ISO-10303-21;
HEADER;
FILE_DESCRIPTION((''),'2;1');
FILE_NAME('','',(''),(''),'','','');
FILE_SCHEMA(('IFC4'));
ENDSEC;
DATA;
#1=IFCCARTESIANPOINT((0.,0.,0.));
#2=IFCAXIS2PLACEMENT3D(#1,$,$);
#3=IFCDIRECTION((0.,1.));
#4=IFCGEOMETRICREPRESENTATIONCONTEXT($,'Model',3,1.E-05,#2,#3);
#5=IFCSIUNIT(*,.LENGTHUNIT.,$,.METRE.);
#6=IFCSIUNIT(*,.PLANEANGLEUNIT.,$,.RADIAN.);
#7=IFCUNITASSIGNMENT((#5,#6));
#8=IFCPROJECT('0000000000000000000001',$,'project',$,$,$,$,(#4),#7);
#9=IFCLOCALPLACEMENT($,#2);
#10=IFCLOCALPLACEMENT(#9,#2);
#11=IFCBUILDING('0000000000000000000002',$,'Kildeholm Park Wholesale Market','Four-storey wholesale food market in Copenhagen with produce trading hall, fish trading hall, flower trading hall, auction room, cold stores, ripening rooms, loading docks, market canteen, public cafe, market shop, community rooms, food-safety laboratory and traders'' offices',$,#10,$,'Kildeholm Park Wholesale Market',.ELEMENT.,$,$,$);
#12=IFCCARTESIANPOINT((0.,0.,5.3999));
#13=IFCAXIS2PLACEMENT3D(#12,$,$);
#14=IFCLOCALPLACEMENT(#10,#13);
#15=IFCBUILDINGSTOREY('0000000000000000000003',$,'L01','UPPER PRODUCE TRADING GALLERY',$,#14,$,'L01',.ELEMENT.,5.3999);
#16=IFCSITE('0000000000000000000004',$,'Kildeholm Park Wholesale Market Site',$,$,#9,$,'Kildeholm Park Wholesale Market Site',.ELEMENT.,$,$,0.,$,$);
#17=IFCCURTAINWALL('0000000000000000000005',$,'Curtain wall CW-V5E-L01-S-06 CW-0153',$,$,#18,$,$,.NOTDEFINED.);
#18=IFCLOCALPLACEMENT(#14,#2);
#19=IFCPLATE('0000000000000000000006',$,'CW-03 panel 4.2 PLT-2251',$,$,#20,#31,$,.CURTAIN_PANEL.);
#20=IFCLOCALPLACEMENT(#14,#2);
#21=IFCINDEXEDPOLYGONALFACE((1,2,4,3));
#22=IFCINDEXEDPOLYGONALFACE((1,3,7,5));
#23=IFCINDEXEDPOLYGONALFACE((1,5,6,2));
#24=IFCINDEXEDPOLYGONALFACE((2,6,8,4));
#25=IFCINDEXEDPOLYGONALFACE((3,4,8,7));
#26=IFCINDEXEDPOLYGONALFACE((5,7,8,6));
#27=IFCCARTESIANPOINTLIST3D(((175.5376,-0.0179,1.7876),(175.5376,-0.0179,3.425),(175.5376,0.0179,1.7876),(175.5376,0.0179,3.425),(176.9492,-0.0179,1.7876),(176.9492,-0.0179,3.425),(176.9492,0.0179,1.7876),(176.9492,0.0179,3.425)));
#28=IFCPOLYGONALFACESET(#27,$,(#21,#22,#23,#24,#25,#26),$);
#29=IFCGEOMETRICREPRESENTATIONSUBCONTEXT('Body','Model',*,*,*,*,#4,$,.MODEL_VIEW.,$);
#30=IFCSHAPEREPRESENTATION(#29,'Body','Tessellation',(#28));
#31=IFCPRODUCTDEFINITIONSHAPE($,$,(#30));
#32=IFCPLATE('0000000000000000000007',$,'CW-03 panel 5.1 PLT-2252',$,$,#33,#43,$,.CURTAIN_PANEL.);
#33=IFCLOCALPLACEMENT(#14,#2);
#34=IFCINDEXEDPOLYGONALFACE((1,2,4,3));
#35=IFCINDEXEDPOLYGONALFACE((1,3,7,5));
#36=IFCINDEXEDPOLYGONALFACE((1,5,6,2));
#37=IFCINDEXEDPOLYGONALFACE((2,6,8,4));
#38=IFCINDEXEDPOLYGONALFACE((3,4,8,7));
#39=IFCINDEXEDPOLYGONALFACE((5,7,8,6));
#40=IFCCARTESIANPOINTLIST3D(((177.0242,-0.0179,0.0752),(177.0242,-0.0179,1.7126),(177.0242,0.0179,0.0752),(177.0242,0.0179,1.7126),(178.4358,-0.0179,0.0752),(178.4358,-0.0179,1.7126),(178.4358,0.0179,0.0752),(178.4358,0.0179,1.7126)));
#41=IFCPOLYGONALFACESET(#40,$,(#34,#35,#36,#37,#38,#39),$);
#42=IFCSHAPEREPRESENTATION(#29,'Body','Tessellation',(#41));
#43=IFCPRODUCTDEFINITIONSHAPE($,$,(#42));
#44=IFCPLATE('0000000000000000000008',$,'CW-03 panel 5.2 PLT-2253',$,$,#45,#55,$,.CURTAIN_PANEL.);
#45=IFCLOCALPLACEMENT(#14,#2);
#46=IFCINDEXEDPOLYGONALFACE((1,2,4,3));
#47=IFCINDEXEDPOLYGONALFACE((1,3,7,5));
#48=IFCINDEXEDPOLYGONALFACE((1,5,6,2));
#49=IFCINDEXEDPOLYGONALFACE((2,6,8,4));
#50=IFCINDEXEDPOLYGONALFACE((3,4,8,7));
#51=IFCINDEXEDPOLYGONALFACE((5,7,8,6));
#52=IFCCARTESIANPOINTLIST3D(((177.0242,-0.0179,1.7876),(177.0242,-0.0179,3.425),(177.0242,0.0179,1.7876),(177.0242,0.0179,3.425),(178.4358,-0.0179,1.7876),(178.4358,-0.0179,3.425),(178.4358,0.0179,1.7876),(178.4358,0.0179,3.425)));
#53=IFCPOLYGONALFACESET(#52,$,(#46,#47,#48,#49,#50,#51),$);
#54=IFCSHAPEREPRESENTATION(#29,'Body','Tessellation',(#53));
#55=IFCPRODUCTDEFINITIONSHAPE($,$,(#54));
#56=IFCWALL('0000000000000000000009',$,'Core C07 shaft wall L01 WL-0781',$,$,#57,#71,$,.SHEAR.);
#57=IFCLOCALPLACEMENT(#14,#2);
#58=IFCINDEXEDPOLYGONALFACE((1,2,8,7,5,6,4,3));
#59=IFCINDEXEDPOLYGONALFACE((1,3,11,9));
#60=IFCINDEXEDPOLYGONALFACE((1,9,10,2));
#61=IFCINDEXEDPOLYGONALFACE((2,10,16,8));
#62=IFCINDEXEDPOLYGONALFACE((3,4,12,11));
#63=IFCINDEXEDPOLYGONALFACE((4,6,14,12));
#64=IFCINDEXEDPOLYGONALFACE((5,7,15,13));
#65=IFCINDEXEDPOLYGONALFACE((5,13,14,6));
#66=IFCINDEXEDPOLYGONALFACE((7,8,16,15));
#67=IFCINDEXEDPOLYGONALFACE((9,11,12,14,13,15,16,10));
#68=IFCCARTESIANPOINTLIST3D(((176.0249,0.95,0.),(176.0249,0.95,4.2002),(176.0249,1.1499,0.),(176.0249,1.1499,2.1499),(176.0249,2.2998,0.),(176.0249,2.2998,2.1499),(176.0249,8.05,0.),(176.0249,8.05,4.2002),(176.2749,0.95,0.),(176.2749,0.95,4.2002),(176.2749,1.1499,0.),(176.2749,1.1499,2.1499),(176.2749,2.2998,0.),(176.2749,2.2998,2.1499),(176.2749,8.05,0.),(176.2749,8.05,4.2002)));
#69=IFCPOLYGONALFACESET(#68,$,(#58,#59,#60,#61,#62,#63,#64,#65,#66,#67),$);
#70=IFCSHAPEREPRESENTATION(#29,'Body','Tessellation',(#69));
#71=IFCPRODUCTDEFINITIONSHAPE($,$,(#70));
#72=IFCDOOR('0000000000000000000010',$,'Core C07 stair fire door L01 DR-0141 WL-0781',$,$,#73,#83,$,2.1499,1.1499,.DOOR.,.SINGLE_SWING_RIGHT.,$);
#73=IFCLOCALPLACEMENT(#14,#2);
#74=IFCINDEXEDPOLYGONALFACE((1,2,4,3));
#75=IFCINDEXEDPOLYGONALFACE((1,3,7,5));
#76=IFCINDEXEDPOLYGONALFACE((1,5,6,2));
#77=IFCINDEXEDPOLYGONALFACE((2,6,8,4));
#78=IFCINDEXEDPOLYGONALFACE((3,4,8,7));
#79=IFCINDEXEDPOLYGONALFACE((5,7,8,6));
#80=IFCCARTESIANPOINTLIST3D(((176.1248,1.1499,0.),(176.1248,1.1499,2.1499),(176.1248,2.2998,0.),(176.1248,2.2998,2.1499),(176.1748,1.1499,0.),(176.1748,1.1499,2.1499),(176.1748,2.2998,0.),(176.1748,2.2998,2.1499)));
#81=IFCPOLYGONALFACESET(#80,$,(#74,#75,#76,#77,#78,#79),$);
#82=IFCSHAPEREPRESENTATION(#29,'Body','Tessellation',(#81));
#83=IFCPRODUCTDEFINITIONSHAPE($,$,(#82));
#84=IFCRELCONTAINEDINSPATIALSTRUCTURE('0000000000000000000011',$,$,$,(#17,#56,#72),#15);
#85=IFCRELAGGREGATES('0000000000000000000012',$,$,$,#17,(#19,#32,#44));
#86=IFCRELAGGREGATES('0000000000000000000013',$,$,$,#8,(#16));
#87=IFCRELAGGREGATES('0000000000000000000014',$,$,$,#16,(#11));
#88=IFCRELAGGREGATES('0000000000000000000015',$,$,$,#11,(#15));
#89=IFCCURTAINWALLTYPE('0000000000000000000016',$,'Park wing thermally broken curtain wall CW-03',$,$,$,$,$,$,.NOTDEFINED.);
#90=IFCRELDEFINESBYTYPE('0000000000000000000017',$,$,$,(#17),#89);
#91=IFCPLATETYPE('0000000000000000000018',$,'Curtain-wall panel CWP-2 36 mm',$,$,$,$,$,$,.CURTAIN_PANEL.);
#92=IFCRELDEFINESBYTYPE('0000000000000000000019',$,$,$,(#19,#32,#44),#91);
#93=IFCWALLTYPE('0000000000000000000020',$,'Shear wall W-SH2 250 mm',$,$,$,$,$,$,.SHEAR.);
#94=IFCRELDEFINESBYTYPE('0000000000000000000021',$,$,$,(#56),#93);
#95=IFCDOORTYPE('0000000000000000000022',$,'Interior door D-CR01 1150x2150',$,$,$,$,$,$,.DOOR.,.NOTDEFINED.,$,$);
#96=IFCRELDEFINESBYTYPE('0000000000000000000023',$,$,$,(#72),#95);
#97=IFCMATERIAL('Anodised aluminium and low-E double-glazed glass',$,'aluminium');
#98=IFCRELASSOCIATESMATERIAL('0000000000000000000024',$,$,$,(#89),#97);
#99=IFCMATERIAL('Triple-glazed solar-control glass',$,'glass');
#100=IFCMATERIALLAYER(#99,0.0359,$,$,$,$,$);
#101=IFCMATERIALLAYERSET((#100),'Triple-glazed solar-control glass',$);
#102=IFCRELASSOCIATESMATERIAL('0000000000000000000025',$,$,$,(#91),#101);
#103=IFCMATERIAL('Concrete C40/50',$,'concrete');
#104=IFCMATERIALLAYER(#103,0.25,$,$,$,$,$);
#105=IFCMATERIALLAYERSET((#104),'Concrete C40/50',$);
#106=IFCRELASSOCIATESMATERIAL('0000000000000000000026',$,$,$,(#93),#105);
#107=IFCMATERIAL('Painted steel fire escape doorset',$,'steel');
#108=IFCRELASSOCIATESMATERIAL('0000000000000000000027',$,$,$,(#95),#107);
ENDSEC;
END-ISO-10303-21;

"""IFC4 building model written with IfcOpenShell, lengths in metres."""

from ifc_helpers import new_model, si_unit, direction, frame, frame_2d, origin, origin_2d, place, context, subcontext, project, spatial, rectangle, extrude, material, layer, layer_set, type_object, element, fill, aggregate, save


model = new_model("IFC4")

# Units and contexts
model_context = context("Model", 3, precision=1e-05, world=origin(), true_north=direction((0.0, 1.0)))
body_context = subcontext(model_context, "Body", "Model", "MODEL_VIEW")
ifc_project = project(units=[si_unit("LENGTHUNIT", "METRE"), si_unit("PLANEANGLEUNIT", "RADIAN")], contexts=[model_context])

# Site, building, storey
site_placement = place(None, origin())
site = spatial("IfcSite", under=ifc_project, at=site_placement, Name="Kildeholm Park Wholesale Market Site", LongName="Kildeholm Park Wholesale Market Site", CompositionType="ELEMENT", RefElevation=0.0)
building_placement = place(site_placement, origin())
building = spatial("IfcBuilding", under=site, at=building_placement, Name="Kildeholm Park Wholesale Market", Description="Four-storey wholesale food market in Copenhagen with produce trading hall, fish trading hall, flower trading hall, auction room, cold stores, ripening rooms, loading docks, market canteen, public cafe, market shop, community rooms, food-safety laboratory and traders' offices", LongName="Kildeholm Park Wholesale Market", CompositionType="ELEMENT")
storey_placement = place(building_placement, frame((0.0, 0.0, 5.3999)))
storey = spatial("IfcBuildingStorey", under=building, at=storey_placement, Name="L01", Description="UPPER PRODUCE TRADING GALLERY", LongName="L01", CompositionType="ELEMENT", Elevation=5.3999)

# Curtain wall, plates
ifc_material_1 = material(Name="Anodised aluminium and low-E double-glazed glass", Category="aluminium")
curtain_wall_type = type_object("IfcCurtainWallType", Name="Park wing thermally broken curtain wall CW-03", PredefinedType="NOTDEFINED", material=ifc_material_1)
curtain_wall_placement = place(storey_placement, origin())
curtain_wall = element("IfcCurtainWall", 1, at=curtain_wall_placement, inside=storey, type_object=curtain_wall_type, Name="Curtain wall CW-V5E-L01-S-06 CW-0153", PredefinedType="NOTDEFINED")
ifc_material_2 = material(Name="Triple-glazed solar-control glass", Category="glass")
ifc_layer_1 = layer(ifc_material_2, 0.0359)
ifc_layer_set_1 = layer_set([ifc_layer_1], Name="Triple-glazed solar-control glass")
plate_type = type_object("IfcPlateType", Name="Curtain-wall panel CWP-2 36 mm", PredefinedType="CURTAIN_PANEL", material=ifc_layer_set_1)
plate_1_placement = place(storey_placement, frame((176.2434, 0.0, 1.7876), z_axis=(0.0, 0.0, 1.0), x_axis=(1.0, 0.0, 0.0)))
plate_1 = element("IfcPlate", 2, at=plate_1_placement, type_object=plate_type, Name="CW-03 panel 4.2 PLT-2251", PredefinedType="CURTAIN_PANEL", context=body_context, shape_type="SweptSolid", body=[
    extrude(rectangle(XDim=1.4116, YDim=0.0359, at=origin_2d()), origin(), (0.0, 0.0, 1.0), 1.6375),
])
plate_2_placement = place(storey_placement, frame((177.73, 0.0, 0.0752), z_axis=(0.0, 0.0, 1.0), x_axis=(1.0, 0.0, 0.0)))
plate_2 = element("IfcPlate", 3, at=plate_2_placement, type_object=plate_type, Name="CW-03 panel 5.1 PLT-2252", PredefinedType="CURTAIN_PANEL", context=body_context, shape_type="SweptSolid", body=[
    extrude(rectangle(XDim=1.4116, YDim=0.0359, at=origin_2d()), origin(), (0.0, 0.0, 1.0), 1.6375),
])
plate_3_placement = place(storey_placement, frame((177.73, 0.0, 1.7876), z_axis=(0.0, 0.0, 1.0), x_axis=(1.0, 0.0, 0.0)))
plate_3 = element("IfcPlate", 4, at=plate_3_placement, type_object=plate_type, Name="CW-03 panel 5.2 PLT-2253", PredefinedType="CURTAIN_PANEL", context=body_context, shape_type="SweptSolid", body=[
    extrude(rectangle(XDim=1.4116, YDim=0.0359, at=origin_2d()), origin(), (0.0, 0.0, 1.0), 1.6375),
])
aggregate(curtain_wall, [plate_1, plate_2, plate_3])

# Wall, opening, door
ifc_material_3 = material(Name="Concrete C40/50", Category="concrete")
ifc_layer_2 = layer(ifc_material_3, 0.25)
ifc_layer_set_2 = layer_set([ifc_layer_2], Name="Concrete C40/50")
wall_type_1 = type_object("IfcWallType", Name="Shear wall W-SH2 250 mm", PredefinedType="SHEAR", material=ifc_layer_set_2)
wall_1_placement = place(storey_placement, frame((176.1499, 0.95, 0.0), z_axis=(0.0, 0.0, 1.0), x_axis=(0.0, 1.0, 0.0)))
wall_1 = element("IfcWall", 5, at=wall_1_placement, inside=storey, type_object=wall_type_1, Name="Core C07 shaft wall L01 WL-0781", PredefinedType="SHEAR", context=body_context, shape_type="SweptSolid", body=[
    extrude(rectangle(XDim=7.1001, YDim=0.25, at=frame_2d((3.55, 0.0))), origin(), (0.0, 0.0, 1.0), 4.2002),
])
opening_1_placement = place(wall_1_placement, frame((0.2, 0.0, 0.0)))
opening_1 = element("IfcOpeningElement", 6, at=opening_1_placement, cuts=wall_1, PredefinedType="OPENING", context=body_context, shape_type="SweptSolid", body=[
    extrude(rectangle(XDim=1.1499, YDim=2.1499, at=frame_2d((0.575, 1.075))), frame((0.0, 0.135, 0.0), z_axis=(0.0, -1.0, 0.0), x_axis=(1.0, 0.0, 0.0)), (0.0, 0.0, 1.0), 0.27),
])
ifc_material_4 = material(Name="Painted steel fire escape doorset", Category="steel")
door_type_1 = type_object("IfcDoorType", Name="Interior door D-CR01 1150x2150", OperationType="NOTDEFINED", PredefinedType="DOOR", material=ifc_material_4)
door_1_placement = place(opening_1_placement, frame((1.1499, 0.0, 0.0), z_axis=(0.0, 0.0, 1.0), x_axis=(-1.0, 0.0, 0.0)))
door_1 = element("IfcDoor", 7, at=door_1_placement, inside=storey, type_object=door_type_1, Name="Core C07 stair fire door L01 DR-0141 WL-0781", OperationType="SINGLE_SWING_RIGHT", OverallHeight=2.1499, OverallWidth=1.1499, PredefinedType="DOOR", context=body_context, shape_type="SweptSolid", body=[
    extrude(rectangle(XDim=1.1499, YDim=2.1499, at=frame_2d((0.575, 1.075))), frame((0.0, 0.0249, 0.0), z_axis=(0.0, -1.0, 0.0), x_axis=(1.0, 0.0, 0.0)), (0.0, 0.0, 1.0), 0.05),
])
fill(opening_1, door_1)

save(model, "model.ifc")
